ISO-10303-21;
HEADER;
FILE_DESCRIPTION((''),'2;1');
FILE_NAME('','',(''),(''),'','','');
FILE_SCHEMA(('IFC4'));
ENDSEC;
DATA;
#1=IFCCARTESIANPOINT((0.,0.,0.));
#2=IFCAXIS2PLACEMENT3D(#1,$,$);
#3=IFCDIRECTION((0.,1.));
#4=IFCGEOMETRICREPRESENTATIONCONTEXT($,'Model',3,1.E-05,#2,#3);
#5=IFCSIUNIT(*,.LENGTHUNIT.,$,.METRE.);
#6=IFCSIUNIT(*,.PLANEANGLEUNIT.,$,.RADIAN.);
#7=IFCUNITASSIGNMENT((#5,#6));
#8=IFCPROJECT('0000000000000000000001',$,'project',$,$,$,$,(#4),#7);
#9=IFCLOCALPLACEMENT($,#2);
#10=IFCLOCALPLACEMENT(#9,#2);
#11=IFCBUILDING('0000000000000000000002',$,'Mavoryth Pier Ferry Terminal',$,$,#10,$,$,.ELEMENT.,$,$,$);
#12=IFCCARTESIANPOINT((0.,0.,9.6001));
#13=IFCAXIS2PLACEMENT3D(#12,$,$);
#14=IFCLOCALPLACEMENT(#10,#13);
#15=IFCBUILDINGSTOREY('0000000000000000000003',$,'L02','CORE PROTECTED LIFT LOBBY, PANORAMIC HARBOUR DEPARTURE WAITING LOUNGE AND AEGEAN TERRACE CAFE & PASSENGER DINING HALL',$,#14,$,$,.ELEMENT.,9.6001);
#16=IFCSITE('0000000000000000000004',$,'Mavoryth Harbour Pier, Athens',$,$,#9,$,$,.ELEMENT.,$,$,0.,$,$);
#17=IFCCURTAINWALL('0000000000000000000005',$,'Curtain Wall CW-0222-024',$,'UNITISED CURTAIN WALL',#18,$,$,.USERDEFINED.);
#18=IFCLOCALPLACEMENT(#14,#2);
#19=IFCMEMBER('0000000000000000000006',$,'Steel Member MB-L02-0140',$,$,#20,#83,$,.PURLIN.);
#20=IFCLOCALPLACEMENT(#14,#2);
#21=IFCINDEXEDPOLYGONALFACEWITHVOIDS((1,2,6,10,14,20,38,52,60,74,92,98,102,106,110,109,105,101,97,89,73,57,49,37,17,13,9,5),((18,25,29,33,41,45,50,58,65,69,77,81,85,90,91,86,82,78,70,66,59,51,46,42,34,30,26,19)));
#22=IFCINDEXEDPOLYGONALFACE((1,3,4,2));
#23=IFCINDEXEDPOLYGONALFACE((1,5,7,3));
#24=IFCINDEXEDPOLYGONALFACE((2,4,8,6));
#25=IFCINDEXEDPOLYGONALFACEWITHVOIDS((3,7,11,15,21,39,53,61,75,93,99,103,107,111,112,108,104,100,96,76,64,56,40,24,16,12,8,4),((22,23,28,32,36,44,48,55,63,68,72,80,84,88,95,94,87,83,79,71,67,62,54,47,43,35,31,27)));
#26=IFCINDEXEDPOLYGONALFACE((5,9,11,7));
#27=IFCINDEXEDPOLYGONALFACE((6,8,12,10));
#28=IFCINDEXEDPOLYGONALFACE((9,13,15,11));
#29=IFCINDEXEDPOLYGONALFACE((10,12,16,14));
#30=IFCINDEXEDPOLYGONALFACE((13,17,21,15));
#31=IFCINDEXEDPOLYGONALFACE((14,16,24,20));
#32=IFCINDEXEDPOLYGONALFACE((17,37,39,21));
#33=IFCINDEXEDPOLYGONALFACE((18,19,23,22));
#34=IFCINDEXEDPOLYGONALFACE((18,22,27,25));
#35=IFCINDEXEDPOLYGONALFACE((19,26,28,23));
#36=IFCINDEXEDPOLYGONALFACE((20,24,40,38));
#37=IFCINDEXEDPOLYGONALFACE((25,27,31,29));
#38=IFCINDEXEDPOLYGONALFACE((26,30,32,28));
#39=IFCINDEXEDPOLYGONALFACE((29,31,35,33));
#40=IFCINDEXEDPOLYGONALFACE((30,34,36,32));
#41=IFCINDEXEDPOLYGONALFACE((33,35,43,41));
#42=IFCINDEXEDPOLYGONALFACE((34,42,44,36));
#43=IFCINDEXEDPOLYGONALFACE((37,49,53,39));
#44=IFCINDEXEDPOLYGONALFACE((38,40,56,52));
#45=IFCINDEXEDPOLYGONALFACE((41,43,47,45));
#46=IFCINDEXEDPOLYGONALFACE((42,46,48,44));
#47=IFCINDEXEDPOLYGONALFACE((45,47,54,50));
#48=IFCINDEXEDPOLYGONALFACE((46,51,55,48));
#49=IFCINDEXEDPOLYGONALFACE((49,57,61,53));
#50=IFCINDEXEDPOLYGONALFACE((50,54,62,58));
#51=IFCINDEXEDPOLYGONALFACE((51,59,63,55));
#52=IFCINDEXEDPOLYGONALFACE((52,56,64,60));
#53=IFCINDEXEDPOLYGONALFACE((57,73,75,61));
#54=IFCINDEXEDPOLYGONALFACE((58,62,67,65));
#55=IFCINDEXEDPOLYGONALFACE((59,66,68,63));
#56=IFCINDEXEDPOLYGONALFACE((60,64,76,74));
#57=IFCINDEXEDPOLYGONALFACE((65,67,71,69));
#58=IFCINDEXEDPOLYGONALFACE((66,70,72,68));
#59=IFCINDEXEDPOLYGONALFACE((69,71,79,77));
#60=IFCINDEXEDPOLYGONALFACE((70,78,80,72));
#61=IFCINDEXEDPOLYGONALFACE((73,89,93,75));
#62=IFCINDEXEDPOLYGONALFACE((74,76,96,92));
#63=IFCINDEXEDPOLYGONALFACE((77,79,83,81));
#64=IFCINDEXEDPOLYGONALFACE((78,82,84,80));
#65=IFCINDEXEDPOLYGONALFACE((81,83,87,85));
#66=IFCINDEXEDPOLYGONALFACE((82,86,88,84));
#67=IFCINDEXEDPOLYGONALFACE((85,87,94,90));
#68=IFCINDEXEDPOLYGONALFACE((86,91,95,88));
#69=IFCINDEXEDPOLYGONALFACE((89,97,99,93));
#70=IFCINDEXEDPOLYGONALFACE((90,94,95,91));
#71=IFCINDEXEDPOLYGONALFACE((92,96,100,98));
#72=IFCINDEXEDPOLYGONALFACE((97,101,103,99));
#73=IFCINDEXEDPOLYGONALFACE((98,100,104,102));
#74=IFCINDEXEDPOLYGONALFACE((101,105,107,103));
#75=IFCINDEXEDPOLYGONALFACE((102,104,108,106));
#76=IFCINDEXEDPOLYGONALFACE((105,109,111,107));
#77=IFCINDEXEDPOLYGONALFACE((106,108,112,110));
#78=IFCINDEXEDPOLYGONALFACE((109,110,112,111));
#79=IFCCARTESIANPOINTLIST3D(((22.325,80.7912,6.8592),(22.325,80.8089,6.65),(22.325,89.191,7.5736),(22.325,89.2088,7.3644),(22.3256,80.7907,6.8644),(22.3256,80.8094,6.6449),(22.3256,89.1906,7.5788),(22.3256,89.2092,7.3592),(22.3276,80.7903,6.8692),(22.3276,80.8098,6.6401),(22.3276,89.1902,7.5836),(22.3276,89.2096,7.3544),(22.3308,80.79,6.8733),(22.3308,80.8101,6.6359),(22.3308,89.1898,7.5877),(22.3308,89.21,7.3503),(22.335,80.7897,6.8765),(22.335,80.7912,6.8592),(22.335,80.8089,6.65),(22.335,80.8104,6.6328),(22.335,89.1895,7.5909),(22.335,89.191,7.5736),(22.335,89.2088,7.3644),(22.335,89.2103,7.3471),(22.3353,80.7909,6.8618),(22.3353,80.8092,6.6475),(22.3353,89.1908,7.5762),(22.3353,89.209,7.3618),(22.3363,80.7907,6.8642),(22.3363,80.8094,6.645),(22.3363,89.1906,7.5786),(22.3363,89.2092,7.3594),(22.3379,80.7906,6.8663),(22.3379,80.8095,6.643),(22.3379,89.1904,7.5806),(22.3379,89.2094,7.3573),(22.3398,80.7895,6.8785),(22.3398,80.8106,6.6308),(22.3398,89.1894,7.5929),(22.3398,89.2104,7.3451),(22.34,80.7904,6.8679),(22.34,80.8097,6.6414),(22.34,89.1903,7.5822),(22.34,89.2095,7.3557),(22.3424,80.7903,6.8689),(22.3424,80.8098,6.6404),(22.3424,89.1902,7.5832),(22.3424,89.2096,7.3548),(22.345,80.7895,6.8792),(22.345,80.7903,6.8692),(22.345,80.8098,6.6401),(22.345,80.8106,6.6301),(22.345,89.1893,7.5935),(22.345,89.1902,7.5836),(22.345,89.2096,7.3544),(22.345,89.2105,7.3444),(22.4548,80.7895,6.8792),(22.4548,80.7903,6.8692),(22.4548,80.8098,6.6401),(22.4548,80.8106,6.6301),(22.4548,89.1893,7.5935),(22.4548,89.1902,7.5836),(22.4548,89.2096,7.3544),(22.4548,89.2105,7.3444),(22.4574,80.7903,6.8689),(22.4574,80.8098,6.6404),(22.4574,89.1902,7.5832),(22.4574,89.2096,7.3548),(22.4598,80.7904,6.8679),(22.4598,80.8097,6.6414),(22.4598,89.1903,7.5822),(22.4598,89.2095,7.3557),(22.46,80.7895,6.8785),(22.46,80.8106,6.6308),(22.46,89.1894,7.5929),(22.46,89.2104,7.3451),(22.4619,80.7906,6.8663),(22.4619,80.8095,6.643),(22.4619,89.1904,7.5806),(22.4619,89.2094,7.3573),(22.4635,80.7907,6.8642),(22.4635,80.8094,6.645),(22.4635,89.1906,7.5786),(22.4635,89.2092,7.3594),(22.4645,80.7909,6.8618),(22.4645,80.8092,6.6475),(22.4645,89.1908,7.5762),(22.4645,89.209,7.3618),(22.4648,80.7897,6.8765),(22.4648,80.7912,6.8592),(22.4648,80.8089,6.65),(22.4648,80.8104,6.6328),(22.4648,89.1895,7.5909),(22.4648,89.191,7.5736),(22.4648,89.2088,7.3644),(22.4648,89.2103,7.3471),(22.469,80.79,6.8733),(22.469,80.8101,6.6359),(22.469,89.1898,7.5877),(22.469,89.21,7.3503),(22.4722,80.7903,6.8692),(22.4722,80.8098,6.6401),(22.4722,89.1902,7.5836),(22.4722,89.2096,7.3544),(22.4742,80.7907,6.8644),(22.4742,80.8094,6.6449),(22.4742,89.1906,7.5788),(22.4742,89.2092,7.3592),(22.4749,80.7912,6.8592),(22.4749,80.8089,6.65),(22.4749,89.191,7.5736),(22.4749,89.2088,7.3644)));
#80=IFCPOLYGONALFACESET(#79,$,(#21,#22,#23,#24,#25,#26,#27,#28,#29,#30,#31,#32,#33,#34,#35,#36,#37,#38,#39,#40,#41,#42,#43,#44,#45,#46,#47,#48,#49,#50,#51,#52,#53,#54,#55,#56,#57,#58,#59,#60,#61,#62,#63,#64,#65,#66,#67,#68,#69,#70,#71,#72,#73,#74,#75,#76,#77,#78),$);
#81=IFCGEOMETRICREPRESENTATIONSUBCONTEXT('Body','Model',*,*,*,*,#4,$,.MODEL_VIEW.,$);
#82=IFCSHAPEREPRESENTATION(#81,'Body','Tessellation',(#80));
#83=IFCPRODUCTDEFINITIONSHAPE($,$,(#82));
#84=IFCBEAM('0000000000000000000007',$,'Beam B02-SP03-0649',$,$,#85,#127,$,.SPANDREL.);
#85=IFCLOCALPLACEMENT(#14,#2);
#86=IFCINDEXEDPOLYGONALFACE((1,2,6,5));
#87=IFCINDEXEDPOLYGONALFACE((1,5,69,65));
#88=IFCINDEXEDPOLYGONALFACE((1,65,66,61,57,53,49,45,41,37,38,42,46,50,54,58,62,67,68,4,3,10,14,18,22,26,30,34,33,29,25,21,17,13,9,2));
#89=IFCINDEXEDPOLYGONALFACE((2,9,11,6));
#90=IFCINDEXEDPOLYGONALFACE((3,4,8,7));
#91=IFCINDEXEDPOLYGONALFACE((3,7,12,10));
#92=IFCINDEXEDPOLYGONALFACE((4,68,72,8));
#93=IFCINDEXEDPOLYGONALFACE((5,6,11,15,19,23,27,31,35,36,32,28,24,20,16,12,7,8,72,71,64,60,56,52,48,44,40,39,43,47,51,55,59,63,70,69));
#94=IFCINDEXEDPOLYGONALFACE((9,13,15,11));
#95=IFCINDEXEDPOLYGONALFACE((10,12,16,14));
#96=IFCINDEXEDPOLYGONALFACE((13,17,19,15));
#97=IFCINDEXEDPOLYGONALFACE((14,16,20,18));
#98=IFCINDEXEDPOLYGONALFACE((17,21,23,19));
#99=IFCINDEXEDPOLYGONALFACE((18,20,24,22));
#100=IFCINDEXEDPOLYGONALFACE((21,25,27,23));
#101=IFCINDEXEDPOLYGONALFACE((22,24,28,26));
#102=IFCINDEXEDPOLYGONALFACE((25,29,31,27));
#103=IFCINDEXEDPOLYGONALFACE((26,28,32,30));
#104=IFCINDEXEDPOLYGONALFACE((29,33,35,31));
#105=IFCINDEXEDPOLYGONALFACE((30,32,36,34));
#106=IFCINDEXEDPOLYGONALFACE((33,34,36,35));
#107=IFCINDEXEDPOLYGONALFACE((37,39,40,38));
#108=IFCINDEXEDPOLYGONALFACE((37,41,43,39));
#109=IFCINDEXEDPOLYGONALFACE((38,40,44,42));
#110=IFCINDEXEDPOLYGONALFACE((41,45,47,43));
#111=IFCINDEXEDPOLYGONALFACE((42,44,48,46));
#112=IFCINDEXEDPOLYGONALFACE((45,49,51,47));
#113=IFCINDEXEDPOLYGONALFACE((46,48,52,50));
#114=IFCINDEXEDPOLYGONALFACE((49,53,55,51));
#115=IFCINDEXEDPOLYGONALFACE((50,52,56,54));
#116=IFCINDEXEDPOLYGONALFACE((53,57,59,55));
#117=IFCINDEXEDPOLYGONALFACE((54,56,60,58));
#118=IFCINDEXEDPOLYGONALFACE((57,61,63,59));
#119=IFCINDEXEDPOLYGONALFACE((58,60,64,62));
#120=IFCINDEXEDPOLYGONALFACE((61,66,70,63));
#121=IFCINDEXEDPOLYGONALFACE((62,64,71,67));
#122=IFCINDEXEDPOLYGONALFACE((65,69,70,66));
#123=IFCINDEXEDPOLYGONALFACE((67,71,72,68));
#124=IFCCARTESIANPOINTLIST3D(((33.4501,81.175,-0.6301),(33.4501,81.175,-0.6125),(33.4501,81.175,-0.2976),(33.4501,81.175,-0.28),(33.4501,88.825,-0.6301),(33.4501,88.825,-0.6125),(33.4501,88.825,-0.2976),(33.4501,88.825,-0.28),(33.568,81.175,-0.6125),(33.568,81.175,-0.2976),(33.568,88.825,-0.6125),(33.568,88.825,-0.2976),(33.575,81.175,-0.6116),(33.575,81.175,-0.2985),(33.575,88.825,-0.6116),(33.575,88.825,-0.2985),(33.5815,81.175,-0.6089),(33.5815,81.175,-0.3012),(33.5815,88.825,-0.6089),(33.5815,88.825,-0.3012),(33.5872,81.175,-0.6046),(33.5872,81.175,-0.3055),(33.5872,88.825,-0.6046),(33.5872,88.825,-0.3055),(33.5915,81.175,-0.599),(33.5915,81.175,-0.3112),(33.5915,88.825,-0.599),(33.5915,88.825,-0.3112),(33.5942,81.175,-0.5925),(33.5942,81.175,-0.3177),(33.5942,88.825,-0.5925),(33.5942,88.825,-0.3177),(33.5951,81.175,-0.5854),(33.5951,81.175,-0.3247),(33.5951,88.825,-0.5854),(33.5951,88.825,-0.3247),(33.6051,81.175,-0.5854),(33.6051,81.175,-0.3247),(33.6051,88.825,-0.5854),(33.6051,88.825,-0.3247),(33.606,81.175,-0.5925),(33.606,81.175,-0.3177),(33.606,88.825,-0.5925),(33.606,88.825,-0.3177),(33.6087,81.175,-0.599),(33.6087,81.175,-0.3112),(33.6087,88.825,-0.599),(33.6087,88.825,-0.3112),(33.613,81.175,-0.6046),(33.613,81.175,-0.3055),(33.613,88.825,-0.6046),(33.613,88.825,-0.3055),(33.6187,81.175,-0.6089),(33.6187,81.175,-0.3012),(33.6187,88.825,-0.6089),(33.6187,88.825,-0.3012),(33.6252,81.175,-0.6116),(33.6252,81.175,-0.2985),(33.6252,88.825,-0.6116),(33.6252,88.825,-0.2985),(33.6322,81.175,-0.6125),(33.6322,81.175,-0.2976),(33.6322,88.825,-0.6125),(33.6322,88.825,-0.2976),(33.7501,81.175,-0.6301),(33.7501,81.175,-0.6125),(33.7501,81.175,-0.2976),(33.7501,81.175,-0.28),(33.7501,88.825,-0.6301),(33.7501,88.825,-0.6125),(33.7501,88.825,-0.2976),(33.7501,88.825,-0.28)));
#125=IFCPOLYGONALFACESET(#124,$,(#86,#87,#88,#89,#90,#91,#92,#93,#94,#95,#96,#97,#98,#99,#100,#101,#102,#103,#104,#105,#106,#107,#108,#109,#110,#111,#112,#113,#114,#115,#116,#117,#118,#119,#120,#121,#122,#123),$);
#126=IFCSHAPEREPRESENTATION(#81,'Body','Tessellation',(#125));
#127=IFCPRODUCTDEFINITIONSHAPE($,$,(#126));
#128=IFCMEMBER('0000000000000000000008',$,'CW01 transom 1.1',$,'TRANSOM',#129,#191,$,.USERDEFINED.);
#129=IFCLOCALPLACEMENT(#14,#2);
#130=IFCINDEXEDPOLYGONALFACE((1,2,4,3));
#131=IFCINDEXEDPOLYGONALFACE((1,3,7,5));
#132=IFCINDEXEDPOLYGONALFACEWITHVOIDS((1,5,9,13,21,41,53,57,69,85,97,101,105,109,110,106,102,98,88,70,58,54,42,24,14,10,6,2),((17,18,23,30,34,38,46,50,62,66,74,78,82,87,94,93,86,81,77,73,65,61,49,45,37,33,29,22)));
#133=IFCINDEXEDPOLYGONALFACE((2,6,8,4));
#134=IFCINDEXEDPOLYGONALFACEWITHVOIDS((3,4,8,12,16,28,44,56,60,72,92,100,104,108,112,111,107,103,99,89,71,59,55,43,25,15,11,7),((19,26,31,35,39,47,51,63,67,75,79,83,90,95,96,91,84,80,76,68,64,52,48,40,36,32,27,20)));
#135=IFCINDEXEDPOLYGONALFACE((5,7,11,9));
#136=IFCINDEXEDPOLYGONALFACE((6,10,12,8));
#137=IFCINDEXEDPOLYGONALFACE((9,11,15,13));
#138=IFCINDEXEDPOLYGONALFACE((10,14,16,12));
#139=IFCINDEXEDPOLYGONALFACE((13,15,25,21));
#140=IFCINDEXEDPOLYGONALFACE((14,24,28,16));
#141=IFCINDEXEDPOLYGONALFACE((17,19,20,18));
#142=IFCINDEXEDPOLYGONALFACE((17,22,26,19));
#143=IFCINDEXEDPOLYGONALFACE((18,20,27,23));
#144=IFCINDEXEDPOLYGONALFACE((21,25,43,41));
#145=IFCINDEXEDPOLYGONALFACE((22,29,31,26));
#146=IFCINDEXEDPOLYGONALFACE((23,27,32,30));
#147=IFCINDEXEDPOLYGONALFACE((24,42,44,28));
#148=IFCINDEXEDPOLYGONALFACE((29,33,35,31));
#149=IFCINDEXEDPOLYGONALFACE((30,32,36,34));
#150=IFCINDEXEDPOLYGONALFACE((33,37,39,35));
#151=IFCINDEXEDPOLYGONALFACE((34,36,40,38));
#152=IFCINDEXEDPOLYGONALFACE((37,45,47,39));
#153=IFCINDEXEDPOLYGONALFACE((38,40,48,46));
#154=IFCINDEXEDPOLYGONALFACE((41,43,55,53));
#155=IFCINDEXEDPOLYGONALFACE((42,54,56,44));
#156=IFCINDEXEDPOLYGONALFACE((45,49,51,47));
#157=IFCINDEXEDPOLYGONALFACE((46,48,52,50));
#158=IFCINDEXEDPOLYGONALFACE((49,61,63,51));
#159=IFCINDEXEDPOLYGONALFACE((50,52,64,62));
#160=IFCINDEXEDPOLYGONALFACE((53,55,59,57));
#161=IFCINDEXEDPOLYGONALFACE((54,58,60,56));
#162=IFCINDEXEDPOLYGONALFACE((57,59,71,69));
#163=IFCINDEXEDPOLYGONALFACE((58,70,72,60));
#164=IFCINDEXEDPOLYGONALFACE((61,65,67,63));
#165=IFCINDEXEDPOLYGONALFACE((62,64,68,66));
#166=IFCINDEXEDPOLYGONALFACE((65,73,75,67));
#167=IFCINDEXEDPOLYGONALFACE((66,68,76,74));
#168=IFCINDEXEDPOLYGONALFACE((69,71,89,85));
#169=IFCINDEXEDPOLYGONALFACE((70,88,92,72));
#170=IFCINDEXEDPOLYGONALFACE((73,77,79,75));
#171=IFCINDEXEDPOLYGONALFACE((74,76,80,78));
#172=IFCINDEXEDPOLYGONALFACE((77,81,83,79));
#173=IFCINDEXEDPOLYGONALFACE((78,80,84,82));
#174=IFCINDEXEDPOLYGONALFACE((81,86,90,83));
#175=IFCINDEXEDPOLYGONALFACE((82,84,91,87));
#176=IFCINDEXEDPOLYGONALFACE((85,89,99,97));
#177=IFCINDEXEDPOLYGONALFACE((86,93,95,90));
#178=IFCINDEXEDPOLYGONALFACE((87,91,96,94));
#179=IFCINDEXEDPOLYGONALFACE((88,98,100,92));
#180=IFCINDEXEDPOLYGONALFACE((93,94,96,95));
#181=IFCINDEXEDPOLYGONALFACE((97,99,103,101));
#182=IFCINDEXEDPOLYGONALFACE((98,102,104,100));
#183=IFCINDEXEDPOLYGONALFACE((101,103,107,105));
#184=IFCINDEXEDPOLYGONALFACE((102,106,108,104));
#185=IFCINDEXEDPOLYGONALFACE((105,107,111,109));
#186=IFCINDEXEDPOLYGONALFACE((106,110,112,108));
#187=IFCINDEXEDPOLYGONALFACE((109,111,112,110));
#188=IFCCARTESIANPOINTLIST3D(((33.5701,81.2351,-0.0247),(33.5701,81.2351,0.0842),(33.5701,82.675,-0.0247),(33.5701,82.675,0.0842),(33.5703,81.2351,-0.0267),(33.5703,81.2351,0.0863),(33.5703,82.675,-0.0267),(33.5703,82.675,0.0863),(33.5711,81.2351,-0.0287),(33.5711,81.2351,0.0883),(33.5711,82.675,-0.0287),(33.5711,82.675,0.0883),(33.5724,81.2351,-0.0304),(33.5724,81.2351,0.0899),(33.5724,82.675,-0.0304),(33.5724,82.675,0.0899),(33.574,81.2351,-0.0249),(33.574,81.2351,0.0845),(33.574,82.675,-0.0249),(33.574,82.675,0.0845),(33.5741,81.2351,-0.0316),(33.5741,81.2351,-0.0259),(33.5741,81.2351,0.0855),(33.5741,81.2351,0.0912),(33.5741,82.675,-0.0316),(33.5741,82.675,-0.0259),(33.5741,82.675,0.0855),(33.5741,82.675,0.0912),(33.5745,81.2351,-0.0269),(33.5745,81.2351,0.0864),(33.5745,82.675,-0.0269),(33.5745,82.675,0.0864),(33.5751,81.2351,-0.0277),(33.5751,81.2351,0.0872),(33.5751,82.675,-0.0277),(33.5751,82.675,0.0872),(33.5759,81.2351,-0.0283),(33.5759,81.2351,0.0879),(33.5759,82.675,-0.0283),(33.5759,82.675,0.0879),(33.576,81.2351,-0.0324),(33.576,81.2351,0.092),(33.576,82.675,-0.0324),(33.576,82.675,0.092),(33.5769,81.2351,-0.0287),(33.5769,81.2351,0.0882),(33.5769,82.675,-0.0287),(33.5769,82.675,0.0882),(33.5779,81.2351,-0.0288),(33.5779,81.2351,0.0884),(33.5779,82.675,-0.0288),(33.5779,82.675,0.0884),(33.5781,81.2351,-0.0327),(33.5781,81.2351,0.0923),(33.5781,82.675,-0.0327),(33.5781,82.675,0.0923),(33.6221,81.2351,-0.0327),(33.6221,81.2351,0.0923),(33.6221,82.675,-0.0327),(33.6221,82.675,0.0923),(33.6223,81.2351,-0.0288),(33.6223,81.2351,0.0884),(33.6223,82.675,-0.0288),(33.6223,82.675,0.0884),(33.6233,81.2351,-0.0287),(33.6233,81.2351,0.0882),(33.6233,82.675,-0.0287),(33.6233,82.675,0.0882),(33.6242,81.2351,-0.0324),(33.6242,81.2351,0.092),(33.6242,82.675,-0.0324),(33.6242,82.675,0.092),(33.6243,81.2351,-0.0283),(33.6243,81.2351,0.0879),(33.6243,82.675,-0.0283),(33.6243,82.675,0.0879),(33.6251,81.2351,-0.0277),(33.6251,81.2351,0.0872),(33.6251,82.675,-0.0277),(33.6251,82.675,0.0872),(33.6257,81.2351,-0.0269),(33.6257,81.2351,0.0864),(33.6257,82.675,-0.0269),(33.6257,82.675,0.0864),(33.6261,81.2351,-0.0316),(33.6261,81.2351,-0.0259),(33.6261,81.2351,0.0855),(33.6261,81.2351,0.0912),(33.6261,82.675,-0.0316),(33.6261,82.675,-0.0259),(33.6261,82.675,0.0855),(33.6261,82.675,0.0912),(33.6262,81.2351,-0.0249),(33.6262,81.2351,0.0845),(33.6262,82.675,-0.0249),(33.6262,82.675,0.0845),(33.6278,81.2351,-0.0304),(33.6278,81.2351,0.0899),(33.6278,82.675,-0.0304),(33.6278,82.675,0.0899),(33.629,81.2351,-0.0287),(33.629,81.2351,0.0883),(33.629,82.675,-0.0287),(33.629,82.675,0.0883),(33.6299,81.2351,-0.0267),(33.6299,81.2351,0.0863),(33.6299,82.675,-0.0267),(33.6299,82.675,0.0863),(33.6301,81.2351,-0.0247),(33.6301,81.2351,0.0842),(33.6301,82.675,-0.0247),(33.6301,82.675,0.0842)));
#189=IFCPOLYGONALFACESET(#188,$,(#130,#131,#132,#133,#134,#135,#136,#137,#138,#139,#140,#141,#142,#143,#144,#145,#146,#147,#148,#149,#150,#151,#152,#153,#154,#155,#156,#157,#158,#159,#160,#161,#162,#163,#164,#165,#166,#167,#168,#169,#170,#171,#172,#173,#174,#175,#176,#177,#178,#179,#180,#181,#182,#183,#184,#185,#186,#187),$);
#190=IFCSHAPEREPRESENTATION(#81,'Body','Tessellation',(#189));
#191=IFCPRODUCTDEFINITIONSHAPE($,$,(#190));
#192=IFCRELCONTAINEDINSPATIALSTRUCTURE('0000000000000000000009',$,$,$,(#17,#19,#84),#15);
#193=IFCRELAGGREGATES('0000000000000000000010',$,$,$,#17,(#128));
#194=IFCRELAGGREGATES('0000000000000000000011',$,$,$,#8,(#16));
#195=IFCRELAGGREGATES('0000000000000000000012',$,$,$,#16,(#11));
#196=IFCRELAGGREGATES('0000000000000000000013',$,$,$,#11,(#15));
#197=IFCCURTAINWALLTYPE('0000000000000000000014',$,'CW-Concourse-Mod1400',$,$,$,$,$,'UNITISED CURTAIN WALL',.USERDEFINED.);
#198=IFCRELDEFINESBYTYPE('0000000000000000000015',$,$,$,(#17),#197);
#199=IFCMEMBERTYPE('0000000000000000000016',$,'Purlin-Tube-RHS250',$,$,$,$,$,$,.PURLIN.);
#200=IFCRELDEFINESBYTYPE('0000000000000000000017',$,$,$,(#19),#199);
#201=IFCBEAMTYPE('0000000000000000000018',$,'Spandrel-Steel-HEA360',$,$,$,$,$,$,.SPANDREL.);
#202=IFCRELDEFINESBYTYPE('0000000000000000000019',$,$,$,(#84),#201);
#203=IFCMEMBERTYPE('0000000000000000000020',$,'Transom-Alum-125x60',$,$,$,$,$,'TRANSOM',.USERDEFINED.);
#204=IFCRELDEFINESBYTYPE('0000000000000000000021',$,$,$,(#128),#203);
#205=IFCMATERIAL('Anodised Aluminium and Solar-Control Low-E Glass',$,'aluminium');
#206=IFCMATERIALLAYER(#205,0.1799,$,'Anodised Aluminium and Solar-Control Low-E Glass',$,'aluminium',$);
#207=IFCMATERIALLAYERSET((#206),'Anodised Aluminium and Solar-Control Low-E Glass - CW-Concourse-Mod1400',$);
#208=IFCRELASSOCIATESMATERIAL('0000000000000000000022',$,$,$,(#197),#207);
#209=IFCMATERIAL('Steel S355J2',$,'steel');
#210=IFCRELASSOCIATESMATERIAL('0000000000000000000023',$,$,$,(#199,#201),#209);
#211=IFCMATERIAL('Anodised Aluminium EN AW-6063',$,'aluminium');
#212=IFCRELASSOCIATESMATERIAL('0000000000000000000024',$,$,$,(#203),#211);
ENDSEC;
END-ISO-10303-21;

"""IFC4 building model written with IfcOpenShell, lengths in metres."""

from ifc_helpers import new_model, si_unit, direction, frame, origin, origin_2d, place, context, subcontext, project, spatial, hollow_rectangle, i_section, extrude, material, layer, layer_set, material_profile, profile_set, type_object, element, aggregate, save


model = new_model("IFC4")

# Units and contexts
model_context = context("Model", 3, precision=1e-05, world=origin(), true_north=direction((0.0, 1.0)))
body_context = subcontext(model_context, "Body", "Model", "MODEL_VIEW")
ifc_project = project(units=[si_unit("LENGTHUNIT", "METRE"), si_unit("PLANEANGLEUNIT", "RADIAN")], contexts=[model_context])

# Site, building, storey
site_placement = place(None, origin())
site = spatial("IfcSite", under=ifc_project, at=site_placement, Name="Mavoryth Harbour Pier, Athens", CompositionType="ELEMENT", RefElevation=0.0)
building_placement = place(site_placement, origin())
building = spatial("IfcBuilding", under=site, at=building_placement, Name="Mavoryth Pier Ferry Terminal", CompositionType="ELEMENT")
storey_placement = place(building_placement, frame((0.0, 0.0, 9.6001)))
storey = spatial("IfcBuildingStorey", under=building, at=storey_placement, Name="L02", Description="CORE PROTECTED LIFT LOBBY, PANORAMIC HARBOUR DEPARTURE WAITING LOUNGE AND AEGEAN TERRACE CAFE & PASSENGER DINING HALL", CompositionType="ELEMENT", Elevation=9.6001)

# Shared definitions
ifc_material_1 = material(Name="Steel S355J2", Category="steel")

# Curtain wall
ifc_material_2 = material(Name="Anodised Aluminium and Solar-Control Low-E Glass", Category="aluminium")
ifc_layer_1 = layer(ifc_material_2, 0.1799, Name="Anodised Aluminium and Solar-Control Low-E Glass", Category="aluminium")
ifc_layer_set_1 = layer_set([ifc_layer_1], Name="Anodised Aluminium and Solar-Control Low-E Glass - CW-Concourse-Mod1400")
curtain_wall_type = type_object("IfcCurtainWallType", Name="CW-Concourse-Mod1400", ElementType="UNITISED CURTAIN WALL", PredefinedType="USERDEFINED", material=ifc_layer_set_1)
curtain_wall_placement = place(storey_placement, origin())
curtain_wall = element("IfcCurtainWall", 1, at=curtain_wall_placement, inside=storey, type_object=curtain_wall_type, Name="Curtain Wall CW-0222-024", ObjectType="UNITISED CURTAIN WALL", PredefinedType="USERDEFINED")
ifc_material_3 = material(Name="Anodised Aluminium EN AW-6063", Category="aluminium")

# Member
ifc_material_profile_1 = material_profile(ifc_material_1, hollow_rectangle(XDim=0.1499, YDim=0.25, WallThickness=0.01, InnerFilletRadius=0.01, OuterFilletRadius=0.02, at=origin_2d()), Name="RHS 250x150x10.0", Category="steel")
ifc_profile_set_1 = profile_set([ifc_material_profile_1], Name="Steel S355J2 - RHS 250x150x10.0")
member_type_1 = type_object("IfcMemberType", Name="Purlin-Tube-RHS250", PredefinedType="PURLIN", material=ifc_profile_set_1)
member_1_placement = place(storey_placement, frame((22.3999, 80.8, 6.7546), z_axis=(0.0, 0.996403, 0.084737), x_axis=(-1.0, 0.0, 0.0)))
element("IfcMember", 2, at=member_1_placement, inside=storey, type_object=member_type_1, Name="Steel Member MB-L02-0140", PredefinedType="PURLIN", context=body_context, shape_type="SweptSolid", body=[
    extrude(hollow_rectangle(XDim=0.1499, YDim=0.25, WallThickness=0.01, InnerFilletRadius=0.01, OuterFilletRadius=0.02, at=origin_2d()), origin(), (0.0, 0.0, 1.0), 8.4302),
])

# Beam
ifc_material_profile_2 = material_profile(ifc_material_1, i_section(OverallWidth=0.3, OverallDepth=0.3501, WebThickness=0.01, FlangeThickness=0.0176, FilletRadius=0.0271, at=origin_2d()), Name="HEA 360", Category="steel")
ifc_profile_set_2 = profile_set([ifc_material_profile_2], Name="Steel S355J2 - HEA 360")
beam_type_1 = type_object("IfcBeamType", Name="Spandrel-Steel-HEA360", PredefinedType="SPANDREL", material=ifc_profile_set_2)
beam_1_placement = place(storey_placement, frame((33.6001, 81.175, -0.4551), z_axis=(0.0, 1.0, 0.0), x_axis=(-1.0, 0.0, 0.0)))
element("IfcBeam", 3, at=beam_1_placement, inside=storey, type_object=beam_type_1, Name="Beam B02-SP03-0649", PredefinedType="SPANDREL", context=body_context, shape_type="SweptSolid", body=[
    extrude(i_section(OverallWidth=0.3, OverallDepth=0.3501, WebThickness=0.01, FlangeThickness=0.0176, FilletRadius=0.0271, at=origin_2d()), origin(), (0.0, 0.0, 1.0), 7.6499),
])

# Member
ifc_material_profile_3 = material_profile(ifc_material_3, hollow_rectangle(XDim=0.0601, YDim=0.125, WallThickness=0.0039, InnerFilletRadius=0.0039, OuterFilletRadius=0.0081, at=origin_2d()), Name="AL-TRAN 125x60x4", Category="aluminium")
ifc_profile_set_3 = profile_set([ifc_material_profile_3], Name="Anodised Aluminium EN AW-6063 - AL-TRAN 125x60x4")
member_type_2 = type_object("IfcMemberType", Name="Transom-Alum-125x60", ElementType="TRANSOM", PredefinedType="USERDEFINED", material=ifc_profile_set_3)
member_2_placement = place(storey_placement, frame((33.6001, 81.2351, 0.0298), z_axis=(0.0, 1.0, 0.0), x_axis=(-1.0, 0.0, 0.0)))
member_2 = element("IfcMember", 4, at=member_2_placement, type_object=member_type_2, Name="CW01 transom 1.1", ObjectType="TRANSOM", PredefinedType="USERDEFINED", context=body_context, shape_type="SweptSolid", body=[
    extrude(hollow_rectangle(XDim=0.0601, YDim=0.125, WallThickness=0.0039, InnerFilletRadius=0.0039, OuterFilletRadius=0.0081, at=origin_2d()), origin(), (0.0, 0.0, 1.0), 1.4399),
])

aggregate(curtain_wall, [member_2])

save(model, "model.ifc")
